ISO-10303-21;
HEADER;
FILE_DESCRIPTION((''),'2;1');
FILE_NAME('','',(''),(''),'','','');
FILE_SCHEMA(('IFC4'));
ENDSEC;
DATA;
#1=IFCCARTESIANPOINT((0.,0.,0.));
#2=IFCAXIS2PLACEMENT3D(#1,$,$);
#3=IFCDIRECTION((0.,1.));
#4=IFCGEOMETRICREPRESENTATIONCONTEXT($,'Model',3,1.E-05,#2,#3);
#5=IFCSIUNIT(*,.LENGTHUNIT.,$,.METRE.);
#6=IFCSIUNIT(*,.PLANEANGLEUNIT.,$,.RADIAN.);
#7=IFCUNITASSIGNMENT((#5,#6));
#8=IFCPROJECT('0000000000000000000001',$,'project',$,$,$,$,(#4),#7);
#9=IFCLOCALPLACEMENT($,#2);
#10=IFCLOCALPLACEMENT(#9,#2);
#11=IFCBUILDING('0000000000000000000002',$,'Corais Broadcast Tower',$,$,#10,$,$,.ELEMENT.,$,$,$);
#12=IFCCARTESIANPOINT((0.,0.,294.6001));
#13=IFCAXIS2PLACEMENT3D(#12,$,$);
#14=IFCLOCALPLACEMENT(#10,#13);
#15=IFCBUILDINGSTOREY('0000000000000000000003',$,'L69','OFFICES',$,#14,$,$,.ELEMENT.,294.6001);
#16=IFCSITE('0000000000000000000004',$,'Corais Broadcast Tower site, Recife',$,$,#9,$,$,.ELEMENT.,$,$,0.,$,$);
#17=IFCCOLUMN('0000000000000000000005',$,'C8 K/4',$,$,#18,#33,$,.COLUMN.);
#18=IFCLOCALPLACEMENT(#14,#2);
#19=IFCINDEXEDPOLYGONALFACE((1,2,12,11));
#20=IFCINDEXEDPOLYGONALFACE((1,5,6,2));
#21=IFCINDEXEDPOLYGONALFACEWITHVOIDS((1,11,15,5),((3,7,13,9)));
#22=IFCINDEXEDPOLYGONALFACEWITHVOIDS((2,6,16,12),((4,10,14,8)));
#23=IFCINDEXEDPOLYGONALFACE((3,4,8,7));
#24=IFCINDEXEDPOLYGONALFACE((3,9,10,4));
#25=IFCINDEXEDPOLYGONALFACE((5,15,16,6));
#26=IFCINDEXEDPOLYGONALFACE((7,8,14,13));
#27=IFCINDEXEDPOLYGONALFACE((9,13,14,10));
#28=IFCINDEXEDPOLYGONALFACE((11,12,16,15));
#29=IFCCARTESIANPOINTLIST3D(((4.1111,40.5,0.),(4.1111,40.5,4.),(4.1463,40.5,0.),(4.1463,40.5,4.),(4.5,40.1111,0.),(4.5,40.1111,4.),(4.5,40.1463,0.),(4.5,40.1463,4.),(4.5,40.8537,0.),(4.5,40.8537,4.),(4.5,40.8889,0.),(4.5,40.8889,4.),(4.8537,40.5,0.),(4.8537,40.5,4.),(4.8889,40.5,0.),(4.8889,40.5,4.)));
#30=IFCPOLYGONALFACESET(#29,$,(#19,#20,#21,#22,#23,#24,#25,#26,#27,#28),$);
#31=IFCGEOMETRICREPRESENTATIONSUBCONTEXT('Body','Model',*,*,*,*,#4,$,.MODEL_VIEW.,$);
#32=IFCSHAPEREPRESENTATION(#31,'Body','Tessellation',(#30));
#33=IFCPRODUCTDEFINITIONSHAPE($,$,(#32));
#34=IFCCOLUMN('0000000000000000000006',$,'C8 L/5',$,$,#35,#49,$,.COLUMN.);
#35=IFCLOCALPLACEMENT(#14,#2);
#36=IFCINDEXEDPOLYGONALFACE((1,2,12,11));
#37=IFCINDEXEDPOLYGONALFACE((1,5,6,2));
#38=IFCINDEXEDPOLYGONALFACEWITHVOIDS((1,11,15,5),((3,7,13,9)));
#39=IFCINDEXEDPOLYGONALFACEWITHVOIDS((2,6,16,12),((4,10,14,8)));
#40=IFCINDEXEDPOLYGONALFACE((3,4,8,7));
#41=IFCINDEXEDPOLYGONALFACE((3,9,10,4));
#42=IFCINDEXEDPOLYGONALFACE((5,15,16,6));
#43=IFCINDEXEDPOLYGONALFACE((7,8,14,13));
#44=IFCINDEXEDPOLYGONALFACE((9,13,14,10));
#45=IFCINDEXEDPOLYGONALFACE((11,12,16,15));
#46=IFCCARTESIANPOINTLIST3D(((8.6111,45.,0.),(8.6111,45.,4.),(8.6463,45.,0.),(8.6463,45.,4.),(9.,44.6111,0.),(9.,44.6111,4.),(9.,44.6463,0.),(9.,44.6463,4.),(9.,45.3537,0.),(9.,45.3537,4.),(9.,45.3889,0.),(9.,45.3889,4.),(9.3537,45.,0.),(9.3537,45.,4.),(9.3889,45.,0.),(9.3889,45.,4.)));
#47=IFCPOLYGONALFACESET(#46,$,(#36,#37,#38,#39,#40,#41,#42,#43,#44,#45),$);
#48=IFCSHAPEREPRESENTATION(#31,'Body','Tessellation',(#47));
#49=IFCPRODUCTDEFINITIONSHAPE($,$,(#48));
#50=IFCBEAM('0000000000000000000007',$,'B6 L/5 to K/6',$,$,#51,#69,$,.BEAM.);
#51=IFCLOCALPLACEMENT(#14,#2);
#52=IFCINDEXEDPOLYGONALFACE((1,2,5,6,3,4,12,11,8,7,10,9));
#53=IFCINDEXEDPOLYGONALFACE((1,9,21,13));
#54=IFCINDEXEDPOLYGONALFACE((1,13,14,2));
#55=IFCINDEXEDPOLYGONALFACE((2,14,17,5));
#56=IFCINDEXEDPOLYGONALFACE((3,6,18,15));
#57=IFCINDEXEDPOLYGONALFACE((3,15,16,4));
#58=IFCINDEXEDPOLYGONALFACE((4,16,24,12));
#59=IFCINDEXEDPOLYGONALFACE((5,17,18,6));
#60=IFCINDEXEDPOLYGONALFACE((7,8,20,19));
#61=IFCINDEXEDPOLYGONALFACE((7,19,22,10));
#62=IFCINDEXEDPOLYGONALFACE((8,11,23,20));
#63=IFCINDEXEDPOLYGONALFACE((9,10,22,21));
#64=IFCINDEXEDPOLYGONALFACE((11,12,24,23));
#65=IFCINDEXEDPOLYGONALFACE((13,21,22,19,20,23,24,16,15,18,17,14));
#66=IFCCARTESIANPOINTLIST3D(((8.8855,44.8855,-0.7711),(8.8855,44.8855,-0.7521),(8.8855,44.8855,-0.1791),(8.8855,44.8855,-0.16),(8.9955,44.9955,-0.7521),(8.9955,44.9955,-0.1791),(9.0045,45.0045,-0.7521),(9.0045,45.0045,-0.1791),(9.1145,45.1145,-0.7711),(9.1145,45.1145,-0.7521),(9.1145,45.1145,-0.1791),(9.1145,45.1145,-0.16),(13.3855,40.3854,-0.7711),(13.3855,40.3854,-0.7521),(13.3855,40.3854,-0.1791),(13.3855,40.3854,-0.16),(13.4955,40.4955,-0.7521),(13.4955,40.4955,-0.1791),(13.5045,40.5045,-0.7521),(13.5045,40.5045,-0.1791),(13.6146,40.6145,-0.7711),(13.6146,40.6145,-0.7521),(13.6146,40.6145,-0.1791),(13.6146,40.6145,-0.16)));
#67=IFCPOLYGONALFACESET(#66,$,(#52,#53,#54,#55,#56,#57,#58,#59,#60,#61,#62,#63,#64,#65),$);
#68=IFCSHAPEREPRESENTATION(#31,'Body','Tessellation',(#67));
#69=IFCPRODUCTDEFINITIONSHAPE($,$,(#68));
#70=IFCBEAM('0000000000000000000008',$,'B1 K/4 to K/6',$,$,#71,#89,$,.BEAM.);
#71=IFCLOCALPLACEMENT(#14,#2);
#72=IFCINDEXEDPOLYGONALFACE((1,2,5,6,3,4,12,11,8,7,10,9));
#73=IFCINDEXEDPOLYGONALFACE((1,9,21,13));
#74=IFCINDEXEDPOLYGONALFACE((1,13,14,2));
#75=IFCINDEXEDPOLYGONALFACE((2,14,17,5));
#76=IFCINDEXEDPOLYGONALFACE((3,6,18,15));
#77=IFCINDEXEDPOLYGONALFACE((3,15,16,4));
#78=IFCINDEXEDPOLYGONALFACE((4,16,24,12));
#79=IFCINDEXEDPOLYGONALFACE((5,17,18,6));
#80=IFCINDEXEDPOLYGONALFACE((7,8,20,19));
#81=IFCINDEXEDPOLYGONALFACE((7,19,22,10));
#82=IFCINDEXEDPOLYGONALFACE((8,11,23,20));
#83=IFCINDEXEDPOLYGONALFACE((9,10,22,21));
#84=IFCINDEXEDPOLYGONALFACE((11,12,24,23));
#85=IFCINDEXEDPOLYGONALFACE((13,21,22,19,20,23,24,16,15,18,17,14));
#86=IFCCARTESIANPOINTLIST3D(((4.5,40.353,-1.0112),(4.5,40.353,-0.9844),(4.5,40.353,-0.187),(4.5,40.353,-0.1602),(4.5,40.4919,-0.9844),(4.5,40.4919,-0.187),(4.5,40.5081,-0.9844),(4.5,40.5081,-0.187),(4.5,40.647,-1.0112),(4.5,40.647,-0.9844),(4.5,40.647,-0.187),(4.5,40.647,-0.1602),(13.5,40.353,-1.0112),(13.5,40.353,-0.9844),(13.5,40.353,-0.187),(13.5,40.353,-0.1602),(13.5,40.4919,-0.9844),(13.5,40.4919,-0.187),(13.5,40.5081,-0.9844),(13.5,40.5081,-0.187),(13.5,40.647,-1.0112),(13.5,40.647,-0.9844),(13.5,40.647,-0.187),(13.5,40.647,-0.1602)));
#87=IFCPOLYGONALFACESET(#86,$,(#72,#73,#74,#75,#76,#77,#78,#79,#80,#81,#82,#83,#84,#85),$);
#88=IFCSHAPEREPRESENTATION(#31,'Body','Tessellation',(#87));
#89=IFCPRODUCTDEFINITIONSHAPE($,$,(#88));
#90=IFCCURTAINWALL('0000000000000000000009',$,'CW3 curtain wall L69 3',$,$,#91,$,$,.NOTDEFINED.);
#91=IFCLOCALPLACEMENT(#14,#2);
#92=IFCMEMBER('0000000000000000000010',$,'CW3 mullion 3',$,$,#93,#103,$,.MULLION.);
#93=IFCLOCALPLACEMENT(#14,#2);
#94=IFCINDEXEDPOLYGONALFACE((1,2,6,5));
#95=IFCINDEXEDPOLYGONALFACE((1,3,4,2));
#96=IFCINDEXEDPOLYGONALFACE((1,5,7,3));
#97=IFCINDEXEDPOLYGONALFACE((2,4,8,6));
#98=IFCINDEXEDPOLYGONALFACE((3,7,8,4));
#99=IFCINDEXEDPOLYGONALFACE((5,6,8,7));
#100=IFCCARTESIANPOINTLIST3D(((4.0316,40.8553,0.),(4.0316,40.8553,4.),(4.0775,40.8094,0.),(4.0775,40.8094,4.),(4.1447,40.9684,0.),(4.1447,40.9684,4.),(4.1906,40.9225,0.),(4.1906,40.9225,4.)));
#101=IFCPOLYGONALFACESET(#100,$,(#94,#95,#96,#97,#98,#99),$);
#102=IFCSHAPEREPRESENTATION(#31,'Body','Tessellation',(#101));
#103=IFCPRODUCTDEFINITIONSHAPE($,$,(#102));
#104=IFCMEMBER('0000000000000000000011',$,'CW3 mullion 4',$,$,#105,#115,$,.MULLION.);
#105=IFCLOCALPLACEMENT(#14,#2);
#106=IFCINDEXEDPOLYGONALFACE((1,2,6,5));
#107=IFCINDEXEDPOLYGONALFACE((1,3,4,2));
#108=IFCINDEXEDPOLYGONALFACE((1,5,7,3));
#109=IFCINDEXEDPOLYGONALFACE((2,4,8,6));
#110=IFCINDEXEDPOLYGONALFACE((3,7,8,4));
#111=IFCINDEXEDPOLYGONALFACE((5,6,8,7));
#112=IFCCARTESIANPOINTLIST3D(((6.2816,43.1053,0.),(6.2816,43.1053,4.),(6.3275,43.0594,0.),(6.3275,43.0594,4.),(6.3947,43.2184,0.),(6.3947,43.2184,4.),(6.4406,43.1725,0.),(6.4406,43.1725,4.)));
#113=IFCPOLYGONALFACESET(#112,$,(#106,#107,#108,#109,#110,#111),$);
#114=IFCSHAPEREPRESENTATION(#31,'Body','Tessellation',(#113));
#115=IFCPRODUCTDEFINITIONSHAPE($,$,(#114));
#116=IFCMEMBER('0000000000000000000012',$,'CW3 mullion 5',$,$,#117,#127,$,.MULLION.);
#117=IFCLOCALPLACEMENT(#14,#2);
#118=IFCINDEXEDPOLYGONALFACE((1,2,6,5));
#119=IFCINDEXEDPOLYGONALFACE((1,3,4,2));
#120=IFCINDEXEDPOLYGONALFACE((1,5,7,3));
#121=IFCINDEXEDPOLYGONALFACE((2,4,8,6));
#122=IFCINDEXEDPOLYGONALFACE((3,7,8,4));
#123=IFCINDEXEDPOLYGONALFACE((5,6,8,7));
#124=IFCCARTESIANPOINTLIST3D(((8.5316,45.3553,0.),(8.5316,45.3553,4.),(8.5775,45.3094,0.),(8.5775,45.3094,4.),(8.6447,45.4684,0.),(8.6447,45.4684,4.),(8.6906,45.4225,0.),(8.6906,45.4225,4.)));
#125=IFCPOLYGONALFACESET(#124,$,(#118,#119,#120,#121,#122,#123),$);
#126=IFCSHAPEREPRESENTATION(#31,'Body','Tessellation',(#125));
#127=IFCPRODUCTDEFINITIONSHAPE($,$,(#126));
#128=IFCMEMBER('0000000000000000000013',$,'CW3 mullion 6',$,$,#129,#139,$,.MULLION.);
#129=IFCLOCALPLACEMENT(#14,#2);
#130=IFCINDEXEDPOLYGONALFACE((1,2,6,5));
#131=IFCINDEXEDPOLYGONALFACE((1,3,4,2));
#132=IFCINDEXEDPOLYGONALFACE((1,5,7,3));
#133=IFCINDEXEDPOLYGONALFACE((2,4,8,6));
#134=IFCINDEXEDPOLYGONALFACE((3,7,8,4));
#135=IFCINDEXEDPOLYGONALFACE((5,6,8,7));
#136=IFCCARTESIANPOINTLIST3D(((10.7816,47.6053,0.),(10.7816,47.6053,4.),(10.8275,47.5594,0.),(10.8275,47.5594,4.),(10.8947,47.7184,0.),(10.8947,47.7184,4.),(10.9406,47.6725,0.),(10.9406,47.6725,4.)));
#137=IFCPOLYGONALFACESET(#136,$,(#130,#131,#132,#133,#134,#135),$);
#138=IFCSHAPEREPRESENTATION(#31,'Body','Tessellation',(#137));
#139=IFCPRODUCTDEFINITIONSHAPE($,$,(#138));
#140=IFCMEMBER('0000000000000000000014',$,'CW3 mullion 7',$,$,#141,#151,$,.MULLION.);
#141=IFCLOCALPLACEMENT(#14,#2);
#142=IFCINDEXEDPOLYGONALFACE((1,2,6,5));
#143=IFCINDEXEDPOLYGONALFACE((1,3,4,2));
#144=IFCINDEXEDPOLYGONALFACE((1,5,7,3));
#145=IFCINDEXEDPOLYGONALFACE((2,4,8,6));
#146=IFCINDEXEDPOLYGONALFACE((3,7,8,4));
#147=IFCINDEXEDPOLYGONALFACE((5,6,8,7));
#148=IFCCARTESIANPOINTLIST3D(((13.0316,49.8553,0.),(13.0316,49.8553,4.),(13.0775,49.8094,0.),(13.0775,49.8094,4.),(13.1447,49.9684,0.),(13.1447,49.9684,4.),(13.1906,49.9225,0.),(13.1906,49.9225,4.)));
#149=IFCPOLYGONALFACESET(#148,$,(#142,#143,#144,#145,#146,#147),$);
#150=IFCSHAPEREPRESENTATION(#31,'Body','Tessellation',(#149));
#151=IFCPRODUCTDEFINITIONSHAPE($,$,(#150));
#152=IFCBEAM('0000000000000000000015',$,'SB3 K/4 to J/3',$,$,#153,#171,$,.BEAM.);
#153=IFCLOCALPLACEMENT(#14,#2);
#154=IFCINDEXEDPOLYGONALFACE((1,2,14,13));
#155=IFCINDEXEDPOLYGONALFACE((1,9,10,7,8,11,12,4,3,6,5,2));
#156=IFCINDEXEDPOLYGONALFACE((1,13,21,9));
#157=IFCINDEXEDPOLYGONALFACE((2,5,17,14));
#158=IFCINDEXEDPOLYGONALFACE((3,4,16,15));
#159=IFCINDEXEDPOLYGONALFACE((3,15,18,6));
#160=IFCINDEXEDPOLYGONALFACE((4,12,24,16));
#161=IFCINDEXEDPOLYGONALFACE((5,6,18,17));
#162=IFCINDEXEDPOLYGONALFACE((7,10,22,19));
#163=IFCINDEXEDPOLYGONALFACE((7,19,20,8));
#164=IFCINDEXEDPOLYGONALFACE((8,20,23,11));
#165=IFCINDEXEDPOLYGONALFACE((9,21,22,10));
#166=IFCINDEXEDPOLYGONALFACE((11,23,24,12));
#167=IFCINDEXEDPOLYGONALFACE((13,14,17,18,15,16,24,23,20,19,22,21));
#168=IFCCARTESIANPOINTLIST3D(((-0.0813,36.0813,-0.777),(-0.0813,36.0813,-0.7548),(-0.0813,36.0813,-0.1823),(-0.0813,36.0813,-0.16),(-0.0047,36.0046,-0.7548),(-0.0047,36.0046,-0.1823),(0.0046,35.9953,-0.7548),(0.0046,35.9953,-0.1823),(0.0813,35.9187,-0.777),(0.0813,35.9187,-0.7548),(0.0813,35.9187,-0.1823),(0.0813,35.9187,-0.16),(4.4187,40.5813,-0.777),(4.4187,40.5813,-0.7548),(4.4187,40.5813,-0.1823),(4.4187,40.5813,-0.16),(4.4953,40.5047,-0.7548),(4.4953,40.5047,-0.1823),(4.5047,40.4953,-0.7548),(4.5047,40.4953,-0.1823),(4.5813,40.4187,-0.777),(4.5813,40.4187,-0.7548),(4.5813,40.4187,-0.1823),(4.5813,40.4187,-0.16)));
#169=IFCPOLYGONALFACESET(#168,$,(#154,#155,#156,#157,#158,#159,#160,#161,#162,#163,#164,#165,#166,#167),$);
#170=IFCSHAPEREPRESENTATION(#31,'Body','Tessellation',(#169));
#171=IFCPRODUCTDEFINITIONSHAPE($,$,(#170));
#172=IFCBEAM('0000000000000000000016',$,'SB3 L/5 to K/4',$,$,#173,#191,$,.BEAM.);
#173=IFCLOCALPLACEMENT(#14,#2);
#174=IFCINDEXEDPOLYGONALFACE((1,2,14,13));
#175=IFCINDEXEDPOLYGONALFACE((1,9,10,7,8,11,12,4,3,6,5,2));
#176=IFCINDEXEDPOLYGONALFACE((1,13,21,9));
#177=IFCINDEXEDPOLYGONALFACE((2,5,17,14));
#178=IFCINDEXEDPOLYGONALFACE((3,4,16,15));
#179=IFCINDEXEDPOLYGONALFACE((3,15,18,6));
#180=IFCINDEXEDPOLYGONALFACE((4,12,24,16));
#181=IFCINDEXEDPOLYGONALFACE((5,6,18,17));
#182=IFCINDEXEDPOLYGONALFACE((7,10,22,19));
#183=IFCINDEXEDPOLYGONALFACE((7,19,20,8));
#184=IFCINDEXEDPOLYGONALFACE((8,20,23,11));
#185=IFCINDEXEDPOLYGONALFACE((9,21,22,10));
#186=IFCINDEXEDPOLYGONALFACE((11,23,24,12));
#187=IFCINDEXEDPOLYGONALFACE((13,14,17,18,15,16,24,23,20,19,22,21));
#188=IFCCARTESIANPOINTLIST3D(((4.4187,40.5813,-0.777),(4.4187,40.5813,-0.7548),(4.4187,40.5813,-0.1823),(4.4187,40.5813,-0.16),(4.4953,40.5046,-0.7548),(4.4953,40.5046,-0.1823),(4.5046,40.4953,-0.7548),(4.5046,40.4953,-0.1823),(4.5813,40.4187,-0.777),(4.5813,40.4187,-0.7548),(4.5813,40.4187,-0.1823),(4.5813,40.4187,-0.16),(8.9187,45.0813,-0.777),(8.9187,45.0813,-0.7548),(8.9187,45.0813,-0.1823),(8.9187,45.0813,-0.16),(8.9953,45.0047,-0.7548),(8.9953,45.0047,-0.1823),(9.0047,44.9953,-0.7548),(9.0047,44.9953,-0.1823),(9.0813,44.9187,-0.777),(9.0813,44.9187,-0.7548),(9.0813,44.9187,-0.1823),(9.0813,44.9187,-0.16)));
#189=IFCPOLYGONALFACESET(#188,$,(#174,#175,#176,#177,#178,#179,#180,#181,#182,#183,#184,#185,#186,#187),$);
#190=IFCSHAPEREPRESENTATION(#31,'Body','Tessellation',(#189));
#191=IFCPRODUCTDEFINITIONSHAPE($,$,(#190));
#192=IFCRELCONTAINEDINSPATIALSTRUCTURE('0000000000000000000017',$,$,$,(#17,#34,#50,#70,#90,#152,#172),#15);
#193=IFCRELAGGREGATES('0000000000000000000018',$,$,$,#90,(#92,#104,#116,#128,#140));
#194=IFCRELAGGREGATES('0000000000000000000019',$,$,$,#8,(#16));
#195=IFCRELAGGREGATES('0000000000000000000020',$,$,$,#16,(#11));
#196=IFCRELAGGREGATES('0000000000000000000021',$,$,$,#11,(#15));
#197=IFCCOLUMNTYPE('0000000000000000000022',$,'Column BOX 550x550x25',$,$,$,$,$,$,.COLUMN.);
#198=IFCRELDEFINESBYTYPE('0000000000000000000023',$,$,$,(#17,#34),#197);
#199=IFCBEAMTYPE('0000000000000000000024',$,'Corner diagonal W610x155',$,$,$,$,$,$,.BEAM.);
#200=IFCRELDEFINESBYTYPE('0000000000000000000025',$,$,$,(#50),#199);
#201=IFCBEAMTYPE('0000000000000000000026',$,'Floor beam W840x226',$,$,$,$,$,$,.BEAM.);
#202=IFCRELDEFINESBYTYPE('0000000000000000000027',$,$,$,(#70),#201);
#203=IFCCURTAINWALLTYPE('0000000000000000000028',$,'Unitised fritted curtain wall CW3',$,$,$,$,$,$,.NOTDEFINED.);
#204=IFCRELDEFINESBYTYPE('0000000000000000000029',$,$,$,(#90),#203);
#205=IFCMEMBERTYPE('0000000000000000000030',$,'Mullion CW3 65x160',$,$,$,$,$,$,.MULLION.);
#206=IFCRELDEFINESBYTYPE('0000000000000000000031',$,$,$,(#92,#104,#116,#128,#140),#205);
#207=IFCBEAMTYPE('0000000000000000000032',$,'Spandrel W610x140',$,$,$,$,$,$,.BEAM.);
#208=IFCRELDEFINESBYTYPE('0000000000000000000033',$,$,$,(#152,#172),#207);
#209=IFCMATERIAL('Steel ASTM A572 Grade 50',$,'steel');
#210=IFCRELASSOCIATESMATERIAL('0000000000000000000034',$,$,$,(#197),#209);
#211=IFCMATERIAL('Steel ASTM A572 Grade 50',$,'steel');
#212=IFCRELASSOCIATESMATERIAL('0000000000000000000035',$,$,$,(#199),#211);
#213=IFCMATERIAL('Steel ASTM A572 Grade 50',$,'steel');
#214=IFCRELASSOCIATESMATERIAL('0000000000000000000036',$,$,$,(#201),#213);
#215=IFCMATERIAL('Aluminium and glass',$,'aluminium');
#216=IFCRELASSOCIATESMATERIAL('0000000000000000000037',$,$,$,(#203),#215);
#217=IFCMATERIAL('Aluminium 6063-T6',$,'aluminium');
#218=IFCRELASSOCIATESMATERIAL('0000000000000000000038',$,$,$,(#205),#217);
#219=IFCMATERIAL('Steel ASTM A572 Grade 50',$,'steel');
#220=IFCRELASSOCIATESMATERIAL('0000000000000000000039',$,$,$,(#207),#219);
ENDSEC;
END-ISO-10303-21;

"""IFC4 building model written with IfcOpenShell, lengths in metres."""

from ifc_helpers import new_model, si_unit, direction, frame, origin, origin_2d, place, context, subcontext, project, spatial, rectangle, hollow_rectangle, i_section, extrude, material, material_profile, profile_set, type_object, element, aggregate, save


model = new_model("IFC4")

# Units and contexts
model_context = context("Model", 3, precision=1e-05, world=origin(), true_north=direction((0.0, 1.0)))
body_context = subcontext(model_context, "Body", "Model", "MODEL_VIEW")
ifc_project = project(units=[si_unit("LENGTHUNIT", "METRE"), si_unit("PLANEANGLEUNIT", "RADIAN")], contexts=[model_context])

# Site, building, storey
site_placement = place(None, origin())
site = spatial("IfcSite", under=ifc_project, at=site_placement, Name="Corais Broadcast Tower site, Recife", CompositionType="ELEMENT", RefElevation=0.0)
building_placement = place(site_placement, origin())
building = spatial("IfcBuilding", under=site, at=building_placement, Name="Corais Broadcast Tower", CompositionType="ELEMENT")
storey_placement = place(building_placement, frame((0.0, 0.0, 294.6001)))
storey = spatial("IfcBuildingStorey", under=building, at=storey_placement, Name="L69", Description="OFFICES", CompositionType="ELEMENT", Elevation=294.6001)

# Columns
ifc_material_1 = material(Name="Steel ASTM A572 Grade 50", Category="steel")
ifc_material_profile_1 = material_profile(ifc_material_1, hollow_rectangle(XDim=0.55, YDim=0.55, WallThickness=0.0249, at=origin_2d()), Name="BOX 550x550x25")
ifc_profile_set_1 = profile_set([ifc_material_profile_1], Name="Steel ASTM A572 Grade 50")
column_type = type_object("IfcColumnType", Name="Column BOX 550x550x25", PredefinedType="COLUMN", material=ifc_profile_set_1)
for number, where, z_axis, x_axis, name in (
    (1, (4.5, 40.5, 0.0), (0.0, 0.0, 1.0), (0.707107, 0.707107, 0.0), "C8 K/4"),
    (2, (9.0, 45.0, 0.0), (0.0, 0.0, 1.0), (0.707107, 0.707107, 0.0), "C8 L/5"),
):
    element("IfcColumn", number, at=place(storey_placement, frame(where, z_axis=z_axis, x_axis=x_axis)), inside=storey, type_object=column_type, Name=name, PredefinedType="COLUMN", context=body_context, shape_type="SweptSolid", body=[
        extrude(hollow_rectangle(XDim=0.55, YDim=0.55, WallThickness=0.0249, at=origin_2d()), origin(), (0.0, 0.0, 1.0), 4.0),
    ])

# Beams
ifc_material_2 = material(Name="Steel ASTM A572 Grade 50", Category="steel")
ifc_material_profile_2 = material_profile(ifc_material_2, i_section(OverallWidth=0.324, OverallDepth=0.6111, WebThickness=0.0127, FlangeThickness=0.019, at=origin_2d()), Name="W610x155")
ifc_profile_set_2 = profile_set([ifc_material_profile_2], Name="Steel ASTM A572 Grade 50")
beam_type_1 = type_object("IfcBeamType", Name="Corner diagonal W610x155", PredefinedType="BEAM", material=ifc_profile_set_2)
beam_1_placement = place(storey_placement, frame((9.0, 45.0, -0.4656), z_axis=(0.707107, -0.707107, 0.0), x_axis=(0.707107, 0.707107, 0.0)))
element("IfcBeam", 3, at=beam_1_placement, inside=storey, type_object=beam_type_1, Name="B6 L/5 to K/6", PredefinedType="BEAM", context=body_context, shape_type="SweptSolid", body=[
    extrude(i_section(OverallWidth=0.324, OverallDepth=0.6111, WebThickness=0.0127, FlangeThickness=0.019, at=origin_2d()), origin(), (0.0, 0.0, 1.0), 6.364),
])
ifc_material_3 = material(Name="Steel ASTM A572 Grade 50", Category="steel")
ifc_material_profile_3 = material_profile(ifc_material_3, i_section(OverallWidth=0.2939, OverallDepth=0.8511, WebThickness=0.0161, FlangeThickness=0.0269, at=origin_2d()), Name="W840x226")
ifc_profile_set_3 = profile_set([ifc_material_profile_3], Name="Steel ASTM A572 Grade 50")
beam_type_2 = type_object("IfcBeamType", Name="Floor beam W840x226", PredefinedType="BEAM", material=ifc_profile_set_3)
beam_2_placement = place(storey_placement, frame((4.5, 40.5, -0.5857), z_axis=(1.0, 0.0, 0.0), x_axis=(0.0, 1.0, 0.0)))
element("IfcBeam", 4, at=beam_2_placement, inside=storey, type_object=beam_type_2, Name="B1 K/4 to K/6", PredefinedType="BEAM", context=body_context, shape_type="SweptSolid", body=[
    extrude(i_section(OverallWidth=0.2939, OverallDepth=0.8511, WebThickness=0.0161, FlangeThickness=0.0269, at=origin_2d()), origin(), (0.0, 0.0, 1.0), 9.0),
])

# Curtain wall, members
ifc_material_4 = material(Name="Aluminium and glass", Category="aluminium")
curtain_wall_type = type_object("IfcCurtainWallType", Name="Unitised fritted curtain wall CW3", PredefinedType="NOTDEFINED", material=ifc_material_4)
curtain_wall_placement = place(storey_placement, origin())
curtain_wall = element("IfcCurtainWall", 5, at=curtain_wall_placement, inside=storey, type_object=curtain_wall_type, Name="CW3 curtain wall L69 3", PredefinedType="NOTDEFINED")
ifc_material_5 = material(Name="Aluminium 6063-T6", Category="aluminium")
ifc_material_profile_4 = material_profile(ifc_material_5, rectangle(XDim=0.0649, YDim=0.1599, at=origin_2d()), Name="Mullion CW3 65x160")
ifc_profile_set_4 = profile_set([ifc_material_profile_4], Name="Aluminium 6063-T6")
member_type_1 = type_object("IfcMemberType", Name="Mullion CW3 65x160", PredefinedType="MULLION", material=ifc_profile_set_4)
member_1_placement = place(storey_placement, frame((4.1111, 40.8889, 0.0), z_axis=(0.0, 0.0, 1.0), x_axis=(-0.707107, 0.707107, 0.0)))
member_1 = element("IfcMember", 6, at=member_1_placement, type_object=member_type_1, Name="CW3 mullion 3", PredefinedType="MULLION", context=body_context, shape_type="SweptSolid", body=[
    extrude(rectangle(XDim=0.0649, YDim=0.1599, at=origin_2d()), origin(), (0.0, 0.0, 1.0), 4.0),
])
member_2_placement = place(storey_placement, frame((6.3611, 43.1389, 0.0), z_axis=(0.0, 0.0, 1.0), x_axis=(-0.707107, 0.707107, 0.0)))
member_2 = element("IfcMember", 7, at=member_2_placement, type_object=member_type_1, Name="CW3 mullion 4", PredefinedType="MULLION", context=body_context, shape_type="SweptSolid", body=[
    extrude(rectangle(XDim=0.0649, YDim=0.1599, at=origin_2d()), origin(), (0.0, 0.0, 1.0), 4.0),
])
member_3_placement = place(storey_placement, frame((8.6111, 45.3889, 0.0), z_axis=(0.0, 0.0, 1.0), x_axis=(-0.707107, 0.707107, 0.0)))
member_3 = element("IfcMember", 8, at=member_3_placement, type_object=member_type_1, Name="CW3 mullion 5", PredefinedType="MULLION", context=body_context, shape_type="SweptSolid", body=[
    extrude(rectangle(XDim=0.0649, YDim=0.1599, at=origin_2d()), origin(), (0.0, 0.0, 1.0), 4.0),
])
member_4_placement = place(storey_placement, frame((10.8611, 47.6389, 0.0), z_axis=(0.0, 0.0, 1.0), x_axis=(-0.707107, 0.707107, 0.0)))
member_4 = element("IfcMember", 9, at=member_4_placement, type_object=member_type_1, Name="CW3 mullion 6", PredefinedType="MULLION", context=body_context, shape_type="SweptSolid", body=[
    extrude(rectangle(XDim=0.0649, YDim=0.1599, at=origin_2d()), origin(), (0.0, 0.0, 1.0), 4.0),
])
member_5_placement = place(storey_placement, frame((13.1111, 49.8889, 0.0), z_axis=(0.0, 0.0, 1.0), x_axis=(-0.707107, 0.707107, 0.0)))
member_5 = element("IfcMember", 10, at=member_5_placement, type_object=member_type_1, Name="CW3 mullion 7", PredefinedType="MULLION", context=body_context, shape_type="SweptSolid", body=[
    extrude(rectangle(XDim=0.0649, YDim=0.1599, at=origin_2d()), origin(), (0.0, 0.0, 1.0), 4.0),
])

# Beams
ifc_material_6 = material(Name="Steel ASTM A572 Grade 50", Category="steel")
ifc_material_profile_5 = material_profile(ifc_material_6, i_section(OverallWidth=0.23, OverallDepth=0.6169, WebThickness=0.0132, FlangeThickness=0.0222, at=origin_2d()), Name="W610x140")
ifc_profile_set_5 = profile_set([ifc_material_profile_5], Name="Steel ASTM A572 Grade 50")
beam_type_3 = type_object("IfcBeamType", Name="Spandrel W610x140", PredefinedType="BEAM", material=ifc_profile_set_5)
for number, where, z_axis, x_axis, name in (
    (11, (4.5, 40.5, -0.4685), (-0.707107, -0.707107, 0.0), (0.707107, -0.707107, 0.0), "SB3 K/4 to J/3"),
    (12, (9.0, 45.0, -0.4685), (-0.707107, -0.707107, 0.0), (0.707107, -0.707107, 0.0), "SB3 L/5 to K/4"),
):
    element("IfcBeam", number, at=place(storey_placement, frame(where, z_axis=z_axis, x_axis=x_axis)), inside=storey, type_object=beam_type_3, Name=name, PredefinedType="BEAM", context=body_context, shape_type="SweptSolid", body=[
        extrude(i_section(OverallWidth=0.23, OverallDepth=0.6169, WebThickness=0.0132, FlangeThickness=0.0222, at=origin_2d()), origin(), (0.0, 0.0, 1.0), 6.364),
    ])

aggregate(curtain_wall, [member_1, member_2, member_3, member_4, member_5])

save(model, "model.ifc")
